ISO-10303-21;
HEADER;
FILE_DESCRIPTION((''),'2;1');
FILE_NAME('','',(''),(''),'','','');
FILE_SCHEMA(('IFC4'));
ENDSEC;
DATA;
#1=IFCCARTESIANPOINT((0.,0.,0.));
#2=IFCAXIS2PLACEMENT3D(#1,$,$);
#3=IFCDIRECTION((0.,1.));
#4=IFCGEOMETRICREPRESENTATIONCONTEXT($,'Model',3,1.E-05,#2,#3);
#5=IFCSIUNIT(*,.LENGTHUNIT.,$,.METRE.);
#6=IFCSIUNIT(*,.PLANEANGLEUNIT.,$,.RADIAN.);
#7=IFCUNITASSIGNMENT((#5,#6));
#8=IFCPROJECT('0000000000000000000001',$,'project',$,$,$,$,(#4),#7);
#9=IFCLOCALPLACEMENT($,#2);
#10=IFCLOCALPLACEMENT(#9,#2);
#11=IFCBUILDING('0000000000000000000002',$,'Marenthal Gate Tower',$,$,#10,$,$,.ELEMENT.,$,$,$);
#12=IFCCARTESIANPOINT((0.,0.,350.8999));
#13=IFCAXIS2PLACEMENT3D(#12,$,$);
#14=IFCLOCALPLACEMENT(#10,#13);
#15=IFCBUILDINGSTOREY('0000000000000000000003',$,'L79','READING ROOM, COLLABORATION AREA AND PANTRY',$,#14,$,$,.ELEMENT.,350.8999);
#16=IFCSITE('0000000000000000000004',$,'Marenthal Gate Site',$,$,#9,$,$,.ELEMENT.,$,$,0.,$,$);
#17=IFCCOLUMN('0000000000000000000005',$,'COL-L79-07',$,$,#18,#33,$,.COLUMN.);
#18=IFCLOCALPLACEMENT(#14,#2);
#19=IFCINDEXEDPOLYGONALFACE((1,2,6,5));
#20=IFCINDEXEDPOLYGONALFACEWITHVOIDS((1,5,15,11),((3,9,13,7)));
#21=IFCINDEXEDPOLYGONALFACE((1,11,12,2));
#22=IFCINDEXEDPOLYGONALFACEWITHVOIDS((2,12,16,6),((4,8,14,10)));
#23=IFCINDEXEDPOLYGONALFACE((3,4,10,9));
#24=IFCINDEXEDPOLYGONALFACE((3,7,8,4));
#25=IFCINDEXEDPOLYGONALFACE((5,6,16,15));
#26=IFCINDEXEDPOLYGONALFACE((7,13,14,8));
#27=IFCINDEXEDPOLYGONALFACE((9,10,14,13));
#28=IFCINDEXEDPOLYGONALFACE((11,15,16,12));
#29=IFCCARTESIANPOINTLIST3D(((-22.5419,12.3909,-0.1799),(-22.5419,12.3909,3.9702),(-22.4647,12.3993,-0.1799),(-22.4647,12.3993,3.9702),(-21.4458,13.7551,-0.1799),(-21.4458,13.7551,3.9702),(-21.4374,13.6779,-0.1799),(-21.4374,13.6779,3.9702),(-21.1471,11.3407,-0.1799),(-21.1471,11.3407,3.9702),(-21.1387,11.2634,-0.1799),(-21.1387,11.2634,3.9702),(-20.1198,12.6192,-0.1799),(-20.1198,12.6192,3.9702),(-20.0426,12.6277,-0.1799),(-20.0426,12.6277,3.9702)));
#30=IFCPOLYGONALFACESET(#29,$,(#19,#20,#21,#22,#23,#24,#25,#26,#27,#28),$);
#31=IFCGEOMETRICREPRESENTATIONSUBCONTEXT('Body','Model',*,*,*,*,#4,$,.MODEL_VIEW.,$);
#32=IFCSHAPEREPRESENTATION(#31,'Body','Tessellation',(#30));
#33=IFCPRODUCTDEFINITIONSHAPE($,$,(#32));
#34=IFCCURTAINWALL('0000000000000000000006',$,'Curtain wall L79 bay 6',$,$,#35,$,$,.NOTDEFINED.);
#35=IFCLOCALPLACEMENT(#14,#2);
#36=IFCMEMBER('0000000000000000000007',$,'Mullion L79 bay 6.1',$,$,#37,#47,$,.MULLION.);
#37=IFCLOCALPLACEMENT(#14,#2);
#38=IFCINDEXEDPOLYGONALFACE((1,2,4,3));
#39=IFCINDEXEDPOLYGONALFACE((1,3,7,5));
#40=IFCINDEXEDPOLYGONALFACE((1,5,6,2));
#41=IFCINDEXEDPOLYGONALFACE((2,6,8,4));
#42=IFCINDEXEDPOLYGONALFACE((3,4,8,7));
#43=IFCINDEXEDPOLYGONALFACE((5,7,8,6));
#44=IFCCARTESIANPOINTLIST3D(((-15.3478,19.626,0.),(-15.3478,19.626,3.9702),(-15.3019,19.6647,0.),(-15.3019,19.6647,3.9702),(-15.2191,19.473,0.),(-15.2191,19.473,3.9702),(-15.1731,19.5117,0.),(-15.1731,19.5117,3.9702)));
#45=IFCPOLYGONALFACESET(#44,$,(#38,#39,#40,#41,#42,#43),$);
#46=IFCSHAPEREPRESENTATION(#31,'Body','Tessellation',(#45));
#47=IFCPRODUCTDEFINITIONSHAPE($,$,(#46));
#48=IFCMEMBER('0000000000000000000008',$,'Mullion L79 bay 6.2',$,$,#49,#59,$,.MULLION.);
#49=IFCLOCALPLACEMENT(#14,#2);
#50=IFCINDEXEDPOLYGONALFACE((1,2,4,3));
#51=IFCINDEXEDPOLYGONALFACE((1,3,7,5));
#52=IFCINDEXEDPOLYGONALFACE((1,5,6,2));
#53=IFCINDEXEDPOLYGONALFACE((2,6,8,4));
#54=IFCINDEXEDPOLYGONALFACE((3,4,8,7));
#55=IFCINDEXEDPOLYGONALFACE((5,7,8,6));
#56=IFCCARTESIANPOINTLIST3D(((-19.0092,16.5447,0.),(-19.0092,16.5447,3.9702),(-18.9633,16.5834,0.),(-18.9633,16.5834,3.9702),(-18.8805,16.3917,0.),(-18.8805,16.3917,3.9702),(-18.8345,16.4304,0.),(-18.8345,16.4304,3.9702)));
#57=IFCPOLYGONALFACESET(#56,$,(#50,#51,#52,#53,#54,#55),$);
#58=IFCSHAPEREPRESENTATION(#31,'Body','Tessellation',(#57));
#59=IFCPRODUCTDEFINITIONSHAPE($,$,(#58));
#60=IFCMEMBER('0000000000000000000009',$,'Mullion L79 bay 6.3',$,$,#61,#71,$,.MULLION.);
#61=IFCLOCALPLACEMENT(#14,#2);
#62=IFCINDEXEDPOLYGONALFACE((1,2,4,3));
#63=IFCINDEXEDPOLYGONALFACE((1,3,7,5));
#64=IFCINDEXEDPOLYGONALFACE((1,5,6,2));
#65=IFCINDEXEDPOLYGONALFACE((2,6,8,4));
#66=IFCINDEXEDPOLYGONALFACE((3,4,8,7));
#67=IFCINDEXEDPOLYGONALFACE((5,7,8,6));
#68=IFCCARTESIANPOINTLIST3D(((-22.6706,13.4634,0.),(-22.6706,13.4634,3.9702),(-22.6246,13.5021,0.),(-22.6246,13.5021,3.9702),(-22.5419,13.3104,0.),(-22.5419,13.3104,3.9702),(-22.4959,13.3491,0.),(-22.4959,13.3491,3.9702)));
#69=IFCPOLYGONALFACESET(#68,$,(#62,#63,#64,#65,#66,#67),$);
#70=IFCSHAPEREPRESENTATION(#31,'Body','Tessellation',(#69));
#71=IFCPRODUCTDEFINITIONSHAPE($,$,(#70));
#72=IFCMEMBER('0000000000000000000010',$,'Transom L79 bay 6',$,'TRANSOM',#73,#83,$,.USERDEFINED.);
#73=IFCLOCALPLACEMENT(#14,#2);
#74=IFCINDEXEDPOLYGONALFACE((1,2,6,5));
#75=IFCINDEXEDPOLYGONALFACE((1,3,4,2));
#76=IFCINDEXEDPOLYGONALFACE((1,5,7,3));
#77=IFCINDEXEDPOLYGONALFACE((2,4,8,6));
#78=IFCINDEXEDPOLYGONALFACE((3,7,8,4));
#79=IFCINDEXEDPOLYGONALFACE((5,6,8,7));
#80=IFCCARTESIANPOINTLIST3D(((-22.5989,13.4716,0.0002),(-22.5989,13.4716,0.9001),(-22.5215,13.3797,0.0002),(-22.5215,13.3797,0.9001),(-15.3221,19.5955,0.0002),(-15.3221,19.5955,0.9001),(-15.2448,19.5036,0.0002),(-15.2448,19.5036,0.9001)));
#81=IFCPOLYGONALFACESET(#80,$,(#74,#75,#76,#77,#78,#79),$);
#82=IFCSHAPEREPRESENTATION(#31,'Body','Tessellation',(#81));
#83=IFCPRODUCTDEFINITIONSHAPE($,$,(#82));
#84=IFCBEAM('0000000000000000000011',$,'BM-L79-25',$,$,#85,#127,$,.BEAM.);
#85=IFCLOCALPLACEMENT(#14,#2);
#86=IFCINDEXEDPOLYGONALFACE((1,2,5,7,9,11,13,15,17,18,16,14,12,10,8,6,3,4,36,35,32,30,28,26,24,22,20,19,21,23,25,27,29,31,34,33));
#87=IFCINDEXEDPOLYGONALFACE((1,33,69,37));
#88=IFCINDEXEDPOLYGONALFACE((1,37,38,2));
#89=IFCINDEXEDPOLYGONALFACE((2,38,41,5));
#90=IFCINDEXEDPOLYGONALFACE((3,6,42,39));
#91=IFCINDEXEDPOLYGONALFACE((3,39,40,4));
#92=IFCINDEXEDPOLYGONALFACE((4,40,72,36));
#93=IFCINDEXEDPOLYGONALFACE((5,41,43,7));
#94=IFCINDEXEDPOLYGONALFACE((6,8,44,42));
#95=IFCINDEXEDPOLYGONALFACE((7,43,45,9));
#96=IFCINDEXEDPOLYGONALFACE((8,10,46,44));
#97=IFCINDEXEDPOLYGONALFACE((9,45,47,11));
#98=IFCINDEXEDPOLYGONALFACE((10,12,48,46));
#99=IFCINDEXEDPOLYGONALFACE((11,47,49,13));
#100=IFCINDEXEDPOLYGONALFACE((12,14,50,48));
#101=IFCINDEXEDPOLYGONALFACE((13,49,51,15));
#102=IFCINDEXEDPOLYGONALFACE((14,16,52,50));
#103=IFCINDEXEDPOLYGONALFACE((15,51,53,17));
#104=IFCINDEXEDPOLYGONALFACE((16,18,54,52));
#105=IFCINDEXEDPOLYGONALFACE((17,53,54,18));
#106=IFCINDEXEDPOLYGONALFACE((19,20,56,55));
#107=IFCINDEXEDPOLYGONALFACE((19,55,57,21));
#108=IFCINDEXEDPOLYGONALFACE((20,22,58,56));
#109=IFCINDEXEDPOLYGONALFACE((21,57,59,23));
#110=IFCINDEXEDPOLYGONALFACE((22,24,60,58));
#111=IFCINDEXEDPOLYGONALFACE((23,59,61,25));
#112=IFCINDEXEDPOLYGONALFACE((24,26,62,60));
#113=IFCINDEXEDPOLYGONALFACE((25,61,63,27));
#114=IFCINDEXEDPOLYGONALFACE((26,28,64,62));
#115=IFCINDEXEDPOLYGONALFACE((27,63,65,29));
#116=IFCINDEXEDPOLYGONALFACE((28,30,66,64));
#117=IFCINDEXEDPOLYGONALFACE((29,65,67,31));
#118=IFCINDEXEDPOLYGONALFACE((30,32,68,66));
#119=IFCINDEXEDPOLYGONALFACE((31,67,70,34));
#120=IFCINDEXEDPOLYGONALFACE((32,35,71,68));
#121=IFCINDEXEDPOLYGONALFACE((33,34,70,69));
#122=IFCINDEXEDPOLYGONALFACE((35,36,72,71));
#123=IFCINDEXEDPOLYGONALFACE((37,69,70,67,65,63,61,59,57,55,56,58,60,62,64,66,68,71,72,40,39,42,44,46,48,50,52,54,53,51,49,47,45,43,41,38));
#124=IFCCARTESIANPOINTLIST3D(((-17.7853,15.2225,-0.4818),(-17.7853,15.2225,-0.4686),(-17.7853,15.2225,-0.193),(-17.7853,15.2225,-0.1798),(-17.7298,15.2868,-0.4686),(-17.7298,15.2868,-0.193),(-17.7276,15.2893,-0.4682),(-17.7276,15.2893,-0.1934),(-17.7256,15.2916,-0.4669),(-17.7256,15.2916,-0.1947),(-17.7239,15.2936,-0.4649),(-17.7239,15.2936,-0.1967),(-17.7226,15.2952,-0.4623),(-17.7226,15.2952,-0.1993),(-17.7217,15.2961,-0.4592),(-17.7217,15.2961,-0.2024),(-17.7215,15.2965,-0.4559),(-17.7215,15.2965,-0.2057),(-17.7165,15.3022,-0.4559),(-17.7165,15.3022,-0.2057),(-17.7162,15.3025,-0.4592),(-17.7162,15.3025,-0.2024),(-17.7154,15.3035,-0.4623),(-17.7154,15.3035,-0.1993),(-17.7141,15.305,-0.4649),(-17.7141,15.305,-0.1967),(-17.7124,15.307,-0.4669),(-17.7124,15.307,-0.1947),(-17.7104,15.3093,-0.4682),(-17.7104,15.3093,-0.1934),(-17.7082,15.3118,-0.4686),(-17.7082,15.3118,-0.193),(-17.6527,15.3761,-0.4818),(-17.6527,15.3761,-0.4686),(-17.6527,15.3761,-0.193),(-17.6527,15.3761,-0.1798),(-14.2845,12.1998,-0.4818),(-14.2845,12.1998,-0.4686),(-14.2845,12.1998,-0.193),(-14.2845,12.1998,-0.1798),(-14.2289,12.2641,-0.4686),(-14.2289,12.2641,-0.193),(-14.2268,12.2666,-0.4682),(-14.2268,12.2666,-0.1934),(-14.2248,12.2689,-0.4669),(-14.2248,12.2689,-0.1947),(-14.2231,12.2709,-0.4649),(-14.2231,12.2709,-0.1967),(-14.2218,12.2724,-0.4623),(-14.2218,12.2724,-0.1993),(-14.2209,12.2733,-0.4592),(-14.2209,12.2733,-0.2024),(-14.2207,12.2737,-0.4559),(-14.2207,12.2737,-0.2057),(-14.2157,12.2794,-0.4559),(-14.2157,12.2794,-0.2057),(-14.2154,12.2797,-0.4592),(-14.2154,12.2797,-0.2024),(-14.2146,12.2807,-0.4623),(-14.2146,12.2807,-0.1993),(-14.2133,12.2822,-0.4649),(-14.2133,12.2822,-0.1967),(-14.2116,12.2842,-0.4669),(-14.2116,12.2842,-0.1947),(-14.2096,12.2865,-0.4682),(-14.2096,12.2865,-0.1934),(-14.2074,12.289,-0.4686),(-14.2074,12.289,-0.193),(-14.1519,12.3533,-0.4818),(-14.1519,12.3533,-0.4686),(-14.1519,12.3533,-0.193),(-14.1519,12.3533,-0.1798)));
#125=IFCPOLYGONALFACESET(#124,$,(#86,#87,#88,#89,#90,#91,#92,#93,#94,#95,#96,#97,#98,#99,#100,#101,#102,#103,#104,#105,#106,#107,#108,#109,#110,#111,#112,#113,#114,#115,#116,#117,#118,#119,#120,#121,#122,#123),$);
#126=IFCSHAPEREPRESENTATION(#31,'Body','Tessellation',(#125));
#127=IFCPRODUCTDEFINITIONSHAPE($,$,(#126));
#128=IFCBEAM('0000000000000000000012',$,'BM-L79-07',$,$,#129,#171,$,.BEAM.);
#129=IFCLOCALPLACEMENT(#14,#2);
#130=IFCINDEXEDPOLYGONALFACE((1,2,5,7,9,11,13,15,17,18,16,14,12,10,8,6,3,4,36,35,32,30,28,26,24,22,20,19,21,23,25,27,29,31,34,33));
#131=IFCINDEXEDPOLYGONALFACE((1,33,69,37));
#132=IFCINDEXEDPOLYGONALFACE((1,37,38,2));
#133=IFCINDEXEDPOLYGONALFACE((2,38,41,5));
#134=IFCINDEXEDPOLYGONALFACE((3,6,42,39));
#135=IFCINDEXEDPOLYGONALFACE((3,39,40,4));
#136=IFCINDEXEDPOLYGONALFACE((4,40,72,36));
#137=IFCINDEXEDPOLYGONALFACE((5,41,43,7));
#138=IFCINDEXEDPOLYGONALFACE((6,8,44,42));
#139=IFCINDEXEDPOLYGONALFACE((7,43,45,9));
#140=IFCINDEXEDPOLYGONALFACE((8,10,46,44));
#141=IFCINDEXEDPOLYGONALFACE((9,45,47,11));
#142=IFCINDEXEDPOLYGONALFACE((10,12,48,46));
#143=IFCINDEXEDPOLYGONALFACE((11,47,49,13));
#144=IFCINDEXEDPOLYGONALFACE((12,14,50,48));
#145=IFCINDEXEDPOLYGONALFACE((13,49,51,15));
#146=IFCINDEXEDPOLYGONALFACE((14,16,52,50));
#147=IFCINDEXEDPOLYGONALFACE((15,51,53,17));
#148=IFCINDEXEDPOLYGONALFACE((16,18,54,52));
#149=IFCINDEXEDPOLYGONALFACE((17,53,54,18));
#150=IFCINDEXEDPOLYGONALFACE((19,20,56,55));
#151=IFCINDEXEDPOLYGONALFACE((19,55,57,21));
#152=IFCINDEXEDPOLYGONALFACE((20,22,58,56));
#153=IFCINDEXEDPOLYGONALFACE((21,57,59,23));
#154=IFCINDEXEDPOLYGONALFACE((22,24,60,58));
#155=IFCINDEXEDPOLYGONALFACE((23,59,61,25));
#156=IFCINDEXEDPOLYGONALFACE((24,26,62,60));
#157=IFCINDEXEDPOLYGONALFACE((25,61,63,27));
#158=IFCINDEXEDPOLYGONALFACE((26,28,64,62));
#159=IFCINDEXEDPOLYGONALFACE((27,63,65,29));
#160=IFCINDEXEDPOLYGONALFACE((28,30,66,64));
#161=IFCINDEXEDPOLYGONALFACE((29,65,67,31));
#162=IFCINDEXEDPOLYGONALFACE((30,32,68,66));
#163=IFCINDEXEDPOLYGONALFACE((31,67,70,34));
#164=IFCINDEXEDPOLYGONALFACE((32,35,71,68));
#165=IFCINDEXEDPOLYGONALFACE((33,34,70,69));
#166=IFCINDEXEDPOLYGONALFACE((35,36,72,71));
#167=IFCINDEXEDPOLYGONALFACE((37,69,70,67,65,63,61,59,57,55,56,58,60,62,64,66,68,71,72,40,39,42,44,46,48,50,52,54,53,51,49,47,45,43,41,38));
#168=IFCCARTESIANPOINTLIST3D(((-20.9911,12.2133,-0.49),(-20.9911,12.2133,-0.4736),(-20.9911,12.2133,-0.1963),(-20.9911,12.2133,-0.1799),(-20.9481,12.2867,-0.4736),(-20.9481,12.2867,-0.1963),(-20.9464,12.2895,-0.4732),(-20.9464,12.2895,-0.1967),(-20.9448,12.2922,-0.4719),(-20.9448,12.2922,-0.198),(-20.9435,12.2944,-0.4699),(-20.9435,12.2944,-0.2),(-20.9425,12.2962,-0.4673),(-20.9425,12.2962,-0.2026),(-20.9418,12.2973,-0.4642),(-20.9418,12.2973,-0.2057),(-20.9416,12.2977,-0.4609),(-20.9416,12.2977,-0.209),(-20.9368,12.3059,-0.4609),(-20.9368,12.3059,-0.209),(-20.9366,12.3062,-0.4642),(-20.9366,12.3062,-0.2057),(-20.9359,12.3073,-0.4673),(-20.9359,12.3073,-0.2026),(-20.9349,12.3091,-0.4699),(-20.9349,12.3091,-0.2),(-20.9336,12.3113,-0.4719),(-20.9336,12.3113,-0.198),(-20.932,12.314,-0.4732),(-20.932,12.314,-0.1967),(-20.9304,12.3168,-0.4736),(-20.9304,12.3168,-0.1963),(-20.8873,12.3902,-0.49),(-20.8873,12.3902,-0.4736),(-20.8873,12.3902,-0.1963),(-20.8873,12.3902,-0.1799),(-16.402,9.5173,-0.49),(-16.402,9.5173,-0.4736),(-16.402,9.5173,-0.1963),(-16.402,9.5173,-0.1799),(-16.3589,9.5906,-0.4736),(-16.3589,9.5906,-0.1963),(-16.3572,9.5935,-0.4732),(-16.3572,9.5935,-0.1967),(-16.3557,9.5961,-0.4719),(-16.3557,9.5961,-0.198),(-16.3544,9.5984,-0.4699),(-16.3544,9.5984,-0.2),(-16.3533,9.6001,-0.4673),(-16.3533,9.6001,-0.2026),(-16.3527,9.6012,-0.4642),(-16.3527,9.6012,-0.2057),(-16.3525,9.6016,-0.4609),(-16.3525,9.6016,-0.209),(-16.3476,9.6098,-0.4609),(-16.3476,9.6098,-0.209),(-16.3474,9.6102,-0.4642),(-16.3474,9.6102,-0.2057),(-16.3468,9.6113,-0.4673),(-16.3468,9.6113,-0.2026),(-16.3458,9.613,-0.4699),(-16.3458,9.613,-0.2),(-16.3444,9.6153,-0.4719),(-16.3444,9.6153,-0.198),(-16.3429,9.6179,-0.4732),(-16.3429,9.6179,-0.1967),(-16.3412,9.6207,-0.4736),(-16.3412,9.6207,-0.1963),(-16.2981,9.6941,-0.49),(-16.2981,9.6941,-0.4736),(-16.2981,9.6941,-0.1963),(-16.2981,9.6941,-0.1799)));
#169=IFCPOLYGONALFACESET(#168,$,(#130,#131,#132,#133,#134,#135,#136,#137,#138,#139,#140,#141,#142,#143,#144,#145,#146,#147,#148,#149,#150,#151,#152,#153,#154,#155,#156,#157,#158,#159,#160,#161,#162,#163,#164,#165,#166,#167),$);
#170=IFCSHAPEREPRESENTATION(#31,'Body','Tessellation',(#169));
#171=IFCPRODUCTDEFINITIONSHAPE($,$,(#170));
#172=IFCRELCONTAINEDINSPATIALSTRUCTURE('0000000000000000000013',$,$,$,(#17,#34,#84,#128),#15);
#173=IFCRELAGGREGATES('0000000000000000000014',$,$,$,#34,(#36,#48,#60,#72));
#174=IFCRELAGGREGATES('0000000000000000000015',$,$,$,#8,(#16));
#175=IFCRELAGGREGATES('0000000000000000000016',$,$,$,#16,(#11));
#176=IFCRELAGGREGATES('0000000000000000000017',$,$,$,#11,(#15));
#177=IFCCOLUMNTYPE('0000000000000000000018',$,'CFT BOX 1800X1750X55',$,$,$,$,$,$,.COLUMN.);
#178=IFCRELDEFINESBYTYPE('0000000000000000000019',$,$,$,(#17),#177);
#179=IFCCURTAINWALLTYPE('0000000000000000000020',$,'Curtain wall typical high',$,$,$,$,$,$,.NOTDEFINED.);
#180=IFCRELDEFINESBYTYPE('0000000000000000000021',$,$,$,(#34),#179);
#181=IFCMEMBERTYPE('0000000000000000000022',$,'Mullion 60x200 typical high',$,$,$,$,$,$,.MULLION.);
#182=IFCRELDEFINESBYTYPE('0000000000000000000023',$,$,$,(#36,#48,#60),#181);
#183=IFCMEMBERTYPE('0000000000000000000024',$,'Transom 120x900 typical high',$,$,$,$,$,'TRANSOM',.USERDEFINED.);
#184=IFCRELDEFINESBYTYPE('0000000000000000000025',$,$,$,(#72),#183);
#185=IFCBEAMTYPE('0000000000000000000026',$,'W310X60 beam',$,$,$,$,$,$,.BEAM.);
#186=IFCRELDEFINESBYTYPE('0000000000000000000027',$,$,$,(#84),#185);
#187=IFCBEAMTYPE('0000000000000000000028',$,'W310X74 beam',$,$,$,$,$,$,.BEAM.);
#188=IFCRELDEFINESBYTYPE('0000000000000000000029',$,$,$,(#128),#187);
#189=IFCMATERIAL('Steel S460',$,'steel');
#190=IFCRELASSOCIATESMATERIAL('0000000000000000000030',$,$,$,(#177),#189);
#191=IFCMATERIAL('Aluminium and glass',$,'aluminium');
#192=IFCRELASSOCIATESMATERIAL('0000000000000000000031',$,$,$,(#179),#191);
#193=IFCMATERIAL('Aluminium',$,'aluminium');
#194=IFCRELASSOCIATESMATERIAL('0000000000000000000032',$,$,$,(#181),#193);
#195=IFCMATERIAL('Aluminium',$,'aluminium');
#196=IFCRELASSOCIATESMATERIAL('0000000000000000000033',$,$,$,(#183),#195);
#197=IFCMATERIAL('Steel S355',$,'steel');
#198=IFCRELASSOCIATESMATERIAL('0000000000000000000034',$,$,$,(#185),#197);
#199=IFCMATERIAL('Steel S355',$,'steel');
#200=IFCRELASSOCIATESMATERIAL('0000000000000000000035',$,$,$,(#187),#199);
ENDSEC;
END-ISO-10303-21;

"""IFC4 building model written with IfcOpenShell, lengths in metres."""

from ifc_helpers import new_model, si_unit, direction, frame, origin, origin_2d, place, context, subcontext, project, spatial, rectangle, hollow_rectangle, i_section, extrude, material, material_profile, profile_set, type_object, element, aggregate, save


model = new_model("IFC4")

# Units and contexts
model_context = context("Model", 3, precision=1e-05, world=origin(), true_north=direction((0.0, 1.0)))
body_context = subcontext(model_context, "Body", "Model", "MODEL_VIEW")
ifc_project = project(units=[si_unit("LENGTHUNIT", "METRE"), si_unit("PLANEANGLEUNIT", "RADIAN")], contexts=[model_context])

# Site, building, storey
site_placement = place(None, origin())
site = spatial("IfcSite", under=ifc_project, at=site_placement, Name="Marenthal Gate Site", CompositionType="ELEMENT", RefElevation=0.0)
building_placement = place(site_placement, origin())
building = spatial("IfcBuilding", under=site, at=building_placement, Name="Marenthal Gate Tower", CompositionType="ELEMENT")
storey_placement = place(building_placement, frame((0.0, 0.0, 350.8999)))
storey = spatial("IfcBuildingStorey", under=building, at=storey_placement, Name="L79", Description="READING ROOM, COLLABORATION AREA AND PANTRY", CompositionType="ELEMENT", Elevation=350.8999)

# Column
ifc_material_1 = material(Name="Steel S460", Category="steel")
ifc_material_profile_1 = material_profile(ifc_material_1, hollow_rectangle(XDim=1.75, YDim=1.8, WallThickness=0.0549, at=origin_2d()), Name="CFT BOX 1800X1750X55")
ifc_material_2 = material(Name="Concrete 70 MPa", Category="concrete")
ifc_material_profile_2 = material_profile(ifc_material_2, rectangle(XDim=1.6399, YDim=1.6899, at=origin_2d()), Name="CFT BOX 1800X1750X55 INFILL")
ifc_profile_set_1 = profile_set([ifc_material_profile_1, ifc_material_profile_2], Name="Steel S460 shell, Concrete 70 MPa infill")
column_type = type_object("IfcColumnType", Name="CFT BOX 1800X1750X55", PredefinedType="COLUMN", material=ifc_profile_set_1)
column_placement = place(storey_placement, frame((-21.2922, 12.5093, -0.1799), z_axis=(0.0, 0.0, 1.0), x_axis=(0.626344, 0.779547, 0.0)))
element("IfcColumn", 1, at=column_placement, inside=storey, type_object=column_type, Name="COL-L79-07", PredefinedType="COLUMN", context=body_context, shape_type="SweptSolid", body=[
    extrude(hollow_rectangle(XDim=1.75, YDim=1.8, WallThickness=0.0549, at=origin_2d()), origin(), (0.0, 0.0, 1.0), 4.1501),
])

# Curtain wall, members
ifc_material_3 = material(Name="Aluminium and glass", Category="aluminium")
curtain_wall_type = type_object("IfcCurtainWallType", Name="Curtain wall typical high", PredefinedType="NOTDEFINED", material=ifc_material_3)
curtain_wall_placement = place(storey_placement, origin())
curtain_wall = element("IfcCurtainWall", 2, at=curtain_wall_placement, inside=storey, type_object=curtain_wall_type, Name="Curtain wall L79 bay 6", PredefinedType="NOTDEFINED")
ifc_material_4 = material(Name="Aluminium", Category="aluminium")
ifc_material_profile_3 = material_profile(ifc_material_4, rectangle(XDim=0.2, YDim=0.0601, at=origin_2d()), Name="60x200 aluminium mullion")
ifc_profile_set_2 = profile_set([ifc_material_profile_3], Name="Aluminium")
member_type_1 = type_object("IfcMemberType", Name="Mullion 60x200 typical high", PredefinedType="MULLION", material=ifc_profile_set_2)
member_1_placement = place(storey_placement, frame((-15.2605, 19.5688, 0.0), z_axis=(0.0, 0.0, 1.0), x_axis=(0.643896, -0.765113, 0.0)))
member_1 = element("IfcMember", 3, at=member_1_placement, type_object=member_type_1, Name="Mullion L79 bay 6.1", PredefinedType="MULLION", context=body_context, shape_type="SweptSolid", body=[
    extrude(rectangle(XDim=0.2, YDim=0.0601, at=origin_2d()), origin(), (0.0, 0.0, 1.0), 3.9702),
])
member_2_placement = place(storey_placement, frame((-18.9219, 16.4875, 0.0), z_axis=(0.0, 0.0, 1.0), x_axis=(0.643896, -0.765113, 0.0)))
member_2 = element("IfcMember", 4, at=member_2_placement, type_object=member_type_1, Name="Mullion L79 bay 6.2", PredefinedType="MULLION", context=body_context, shape_type="SweptSolid", body=[
    extrude(rectangle(XDim=0.2, YDim=0.0601, at=origin_2d()), origin(), (0.0, 0.0, 1.0), 3.9702),
])
member_3_placement = place(storey_placement, frame((-22.5833, 13.4062, 0.0), z_axis=(0.0, 0.0, 1.0), x_axis=(0.643896, -0.765113, 0.0)))
member_3 = element("IfcMember", 5, at=member_3_placement, type_object=member_type_1, Name="Mullion L79 bay 6.3", PredefinedType="MULLION", context=body_context, shape_type="SweptSolid", body=[
    extrude(rectangle(XDim=0.2, YDim=0.0601, at=origin_2d()), origin(), (0.0, 0.0, 1.0), 3.9702),
])
ifc_material_5 = material(Name="Aluminium", Category="aluminium")
ifc_material_profile_4 = material_profile(ifc_material_5, rectangle(XDim=0.1201, YDim=0.8999, at=origin_2d()), Name="120x900 aluminium transom")
ifc_profile_set_3 = profile_set([ifc_material_profile_4], Name="Aluminium")
member_type_2 = type_object("IfcMemberType", Name="Transom 120x900 typical high", ElementType="TRANSOM", PredefinedType="USERDEFINED", material=ifc_profile_set_3)
member_4_placement = place(storey_placement, frame((-15.2834, 19.5496, 0.4502), z_axis=(-0.765111, -0.643899, 0.0), x_axis=(0.643899, -0.765111, 0.0)))
member_4 = element("IfcMember", 6, at=member_4_placement, type_object=member_type_2, Name="Transom L79 bay 6", ObjectType="TRANSOM", PredefinedType="USERDEFINED", context=body_context, shape_type="SweptSolid", body=[
    extrude(rectangle(XDim=0.1201, YDim=0.8999, at=origin_2d()), origin(), (0.0, 0.0, 1.0), 9.5107),
])

# Beams
ifc_material_6 = material(Name="Steel S355", Category="steel")
ifc_material_profile_5 = material_profile(ifc_material_6, i_section(OverallWidth=0.2029, OverallDepth=0.302, WebThickness=0.0076, FlangeThickness=0.0132, FilletRadius=0.0127, at=origin_2d()), Name="W310X60")
ifc_profile_set_4 = profile_set([ifc_material_profile_5], Name="Steel S355")
beam_type_1 = type_object("IfcBeamType", Name="W310X60 beam", PredefinedType="BEAM", material=ifc_profile_set_4)
beam_1_placement = place(storey_placement, frame((-17.719, 15.2993, -0.3308), z_axis=(0.756893, -0.653539, 0.0), x_axis=(0.653539, 0.756893, 0.0)))
element("IfcBeam", 7, at=beam_1_placement, inside=storey, type_object=beam_type_1, Name="BM-L79-25", PredefinedType="BEAM", context=body_context, shape_type="SweptSolid", body=[
    extrude(i_section(OverallWidth=0.2029, OverallDepth=0.302, WebThickness=0.0076, FlangeThickness=0.0132, FilletRadius=0.0127, at=origin_2d()), origin(), (0.0, 0.0, 1.0), 4.6252),
])
ifc_material_7 = material(Name="Steel S355", Category="steel")
ifc_material_profile_6 = material_profile(ifc_material_7, i_section(OverallWidth=0.2051, OverallDepth=0.3101, WebThickness=0.0095, FlangeThickness=0.0164, FilletRadius=0.0127, at=origin_2d()), Name="W310X74")
ifc_profile_set_5 = profile_set([ifc_material_profile_6], Name="Steel S355")
beam_type_2 = type_object("IfcBeamType", Name="W310X74 beam", PredefinedType="BEAM", material=ifc_profile_set_5)
beam_2_placement = place(storey_placement, frame((-20.9392, 12.3018, -0.335), z_axis=(0.862216, -0.506541, 0.0), x_axis=(0.506541, 0.862216, 0.0)))
element("IfcBeam", 8, at=beam_2_placement, inside=storey, type_object=beam_type_2, Name="BM-L79-07", PredefinedType="BEAM", context=body_context, shape_type="SweptSolid", body=[
    extrude(i_section(OverallWidth=0.2051, OverallDepth=0.3101, WebThickness=0.0095, FlangeThickness=0.0164, FilletRadius=0.0127, at=origin_2d()), origin(), (0.0, 0.0, 1.0), 5.3225),
])

aggregate(curtain_wall, [member_1, member_2, member_3, member_4])

save(model, "model.ifc")
